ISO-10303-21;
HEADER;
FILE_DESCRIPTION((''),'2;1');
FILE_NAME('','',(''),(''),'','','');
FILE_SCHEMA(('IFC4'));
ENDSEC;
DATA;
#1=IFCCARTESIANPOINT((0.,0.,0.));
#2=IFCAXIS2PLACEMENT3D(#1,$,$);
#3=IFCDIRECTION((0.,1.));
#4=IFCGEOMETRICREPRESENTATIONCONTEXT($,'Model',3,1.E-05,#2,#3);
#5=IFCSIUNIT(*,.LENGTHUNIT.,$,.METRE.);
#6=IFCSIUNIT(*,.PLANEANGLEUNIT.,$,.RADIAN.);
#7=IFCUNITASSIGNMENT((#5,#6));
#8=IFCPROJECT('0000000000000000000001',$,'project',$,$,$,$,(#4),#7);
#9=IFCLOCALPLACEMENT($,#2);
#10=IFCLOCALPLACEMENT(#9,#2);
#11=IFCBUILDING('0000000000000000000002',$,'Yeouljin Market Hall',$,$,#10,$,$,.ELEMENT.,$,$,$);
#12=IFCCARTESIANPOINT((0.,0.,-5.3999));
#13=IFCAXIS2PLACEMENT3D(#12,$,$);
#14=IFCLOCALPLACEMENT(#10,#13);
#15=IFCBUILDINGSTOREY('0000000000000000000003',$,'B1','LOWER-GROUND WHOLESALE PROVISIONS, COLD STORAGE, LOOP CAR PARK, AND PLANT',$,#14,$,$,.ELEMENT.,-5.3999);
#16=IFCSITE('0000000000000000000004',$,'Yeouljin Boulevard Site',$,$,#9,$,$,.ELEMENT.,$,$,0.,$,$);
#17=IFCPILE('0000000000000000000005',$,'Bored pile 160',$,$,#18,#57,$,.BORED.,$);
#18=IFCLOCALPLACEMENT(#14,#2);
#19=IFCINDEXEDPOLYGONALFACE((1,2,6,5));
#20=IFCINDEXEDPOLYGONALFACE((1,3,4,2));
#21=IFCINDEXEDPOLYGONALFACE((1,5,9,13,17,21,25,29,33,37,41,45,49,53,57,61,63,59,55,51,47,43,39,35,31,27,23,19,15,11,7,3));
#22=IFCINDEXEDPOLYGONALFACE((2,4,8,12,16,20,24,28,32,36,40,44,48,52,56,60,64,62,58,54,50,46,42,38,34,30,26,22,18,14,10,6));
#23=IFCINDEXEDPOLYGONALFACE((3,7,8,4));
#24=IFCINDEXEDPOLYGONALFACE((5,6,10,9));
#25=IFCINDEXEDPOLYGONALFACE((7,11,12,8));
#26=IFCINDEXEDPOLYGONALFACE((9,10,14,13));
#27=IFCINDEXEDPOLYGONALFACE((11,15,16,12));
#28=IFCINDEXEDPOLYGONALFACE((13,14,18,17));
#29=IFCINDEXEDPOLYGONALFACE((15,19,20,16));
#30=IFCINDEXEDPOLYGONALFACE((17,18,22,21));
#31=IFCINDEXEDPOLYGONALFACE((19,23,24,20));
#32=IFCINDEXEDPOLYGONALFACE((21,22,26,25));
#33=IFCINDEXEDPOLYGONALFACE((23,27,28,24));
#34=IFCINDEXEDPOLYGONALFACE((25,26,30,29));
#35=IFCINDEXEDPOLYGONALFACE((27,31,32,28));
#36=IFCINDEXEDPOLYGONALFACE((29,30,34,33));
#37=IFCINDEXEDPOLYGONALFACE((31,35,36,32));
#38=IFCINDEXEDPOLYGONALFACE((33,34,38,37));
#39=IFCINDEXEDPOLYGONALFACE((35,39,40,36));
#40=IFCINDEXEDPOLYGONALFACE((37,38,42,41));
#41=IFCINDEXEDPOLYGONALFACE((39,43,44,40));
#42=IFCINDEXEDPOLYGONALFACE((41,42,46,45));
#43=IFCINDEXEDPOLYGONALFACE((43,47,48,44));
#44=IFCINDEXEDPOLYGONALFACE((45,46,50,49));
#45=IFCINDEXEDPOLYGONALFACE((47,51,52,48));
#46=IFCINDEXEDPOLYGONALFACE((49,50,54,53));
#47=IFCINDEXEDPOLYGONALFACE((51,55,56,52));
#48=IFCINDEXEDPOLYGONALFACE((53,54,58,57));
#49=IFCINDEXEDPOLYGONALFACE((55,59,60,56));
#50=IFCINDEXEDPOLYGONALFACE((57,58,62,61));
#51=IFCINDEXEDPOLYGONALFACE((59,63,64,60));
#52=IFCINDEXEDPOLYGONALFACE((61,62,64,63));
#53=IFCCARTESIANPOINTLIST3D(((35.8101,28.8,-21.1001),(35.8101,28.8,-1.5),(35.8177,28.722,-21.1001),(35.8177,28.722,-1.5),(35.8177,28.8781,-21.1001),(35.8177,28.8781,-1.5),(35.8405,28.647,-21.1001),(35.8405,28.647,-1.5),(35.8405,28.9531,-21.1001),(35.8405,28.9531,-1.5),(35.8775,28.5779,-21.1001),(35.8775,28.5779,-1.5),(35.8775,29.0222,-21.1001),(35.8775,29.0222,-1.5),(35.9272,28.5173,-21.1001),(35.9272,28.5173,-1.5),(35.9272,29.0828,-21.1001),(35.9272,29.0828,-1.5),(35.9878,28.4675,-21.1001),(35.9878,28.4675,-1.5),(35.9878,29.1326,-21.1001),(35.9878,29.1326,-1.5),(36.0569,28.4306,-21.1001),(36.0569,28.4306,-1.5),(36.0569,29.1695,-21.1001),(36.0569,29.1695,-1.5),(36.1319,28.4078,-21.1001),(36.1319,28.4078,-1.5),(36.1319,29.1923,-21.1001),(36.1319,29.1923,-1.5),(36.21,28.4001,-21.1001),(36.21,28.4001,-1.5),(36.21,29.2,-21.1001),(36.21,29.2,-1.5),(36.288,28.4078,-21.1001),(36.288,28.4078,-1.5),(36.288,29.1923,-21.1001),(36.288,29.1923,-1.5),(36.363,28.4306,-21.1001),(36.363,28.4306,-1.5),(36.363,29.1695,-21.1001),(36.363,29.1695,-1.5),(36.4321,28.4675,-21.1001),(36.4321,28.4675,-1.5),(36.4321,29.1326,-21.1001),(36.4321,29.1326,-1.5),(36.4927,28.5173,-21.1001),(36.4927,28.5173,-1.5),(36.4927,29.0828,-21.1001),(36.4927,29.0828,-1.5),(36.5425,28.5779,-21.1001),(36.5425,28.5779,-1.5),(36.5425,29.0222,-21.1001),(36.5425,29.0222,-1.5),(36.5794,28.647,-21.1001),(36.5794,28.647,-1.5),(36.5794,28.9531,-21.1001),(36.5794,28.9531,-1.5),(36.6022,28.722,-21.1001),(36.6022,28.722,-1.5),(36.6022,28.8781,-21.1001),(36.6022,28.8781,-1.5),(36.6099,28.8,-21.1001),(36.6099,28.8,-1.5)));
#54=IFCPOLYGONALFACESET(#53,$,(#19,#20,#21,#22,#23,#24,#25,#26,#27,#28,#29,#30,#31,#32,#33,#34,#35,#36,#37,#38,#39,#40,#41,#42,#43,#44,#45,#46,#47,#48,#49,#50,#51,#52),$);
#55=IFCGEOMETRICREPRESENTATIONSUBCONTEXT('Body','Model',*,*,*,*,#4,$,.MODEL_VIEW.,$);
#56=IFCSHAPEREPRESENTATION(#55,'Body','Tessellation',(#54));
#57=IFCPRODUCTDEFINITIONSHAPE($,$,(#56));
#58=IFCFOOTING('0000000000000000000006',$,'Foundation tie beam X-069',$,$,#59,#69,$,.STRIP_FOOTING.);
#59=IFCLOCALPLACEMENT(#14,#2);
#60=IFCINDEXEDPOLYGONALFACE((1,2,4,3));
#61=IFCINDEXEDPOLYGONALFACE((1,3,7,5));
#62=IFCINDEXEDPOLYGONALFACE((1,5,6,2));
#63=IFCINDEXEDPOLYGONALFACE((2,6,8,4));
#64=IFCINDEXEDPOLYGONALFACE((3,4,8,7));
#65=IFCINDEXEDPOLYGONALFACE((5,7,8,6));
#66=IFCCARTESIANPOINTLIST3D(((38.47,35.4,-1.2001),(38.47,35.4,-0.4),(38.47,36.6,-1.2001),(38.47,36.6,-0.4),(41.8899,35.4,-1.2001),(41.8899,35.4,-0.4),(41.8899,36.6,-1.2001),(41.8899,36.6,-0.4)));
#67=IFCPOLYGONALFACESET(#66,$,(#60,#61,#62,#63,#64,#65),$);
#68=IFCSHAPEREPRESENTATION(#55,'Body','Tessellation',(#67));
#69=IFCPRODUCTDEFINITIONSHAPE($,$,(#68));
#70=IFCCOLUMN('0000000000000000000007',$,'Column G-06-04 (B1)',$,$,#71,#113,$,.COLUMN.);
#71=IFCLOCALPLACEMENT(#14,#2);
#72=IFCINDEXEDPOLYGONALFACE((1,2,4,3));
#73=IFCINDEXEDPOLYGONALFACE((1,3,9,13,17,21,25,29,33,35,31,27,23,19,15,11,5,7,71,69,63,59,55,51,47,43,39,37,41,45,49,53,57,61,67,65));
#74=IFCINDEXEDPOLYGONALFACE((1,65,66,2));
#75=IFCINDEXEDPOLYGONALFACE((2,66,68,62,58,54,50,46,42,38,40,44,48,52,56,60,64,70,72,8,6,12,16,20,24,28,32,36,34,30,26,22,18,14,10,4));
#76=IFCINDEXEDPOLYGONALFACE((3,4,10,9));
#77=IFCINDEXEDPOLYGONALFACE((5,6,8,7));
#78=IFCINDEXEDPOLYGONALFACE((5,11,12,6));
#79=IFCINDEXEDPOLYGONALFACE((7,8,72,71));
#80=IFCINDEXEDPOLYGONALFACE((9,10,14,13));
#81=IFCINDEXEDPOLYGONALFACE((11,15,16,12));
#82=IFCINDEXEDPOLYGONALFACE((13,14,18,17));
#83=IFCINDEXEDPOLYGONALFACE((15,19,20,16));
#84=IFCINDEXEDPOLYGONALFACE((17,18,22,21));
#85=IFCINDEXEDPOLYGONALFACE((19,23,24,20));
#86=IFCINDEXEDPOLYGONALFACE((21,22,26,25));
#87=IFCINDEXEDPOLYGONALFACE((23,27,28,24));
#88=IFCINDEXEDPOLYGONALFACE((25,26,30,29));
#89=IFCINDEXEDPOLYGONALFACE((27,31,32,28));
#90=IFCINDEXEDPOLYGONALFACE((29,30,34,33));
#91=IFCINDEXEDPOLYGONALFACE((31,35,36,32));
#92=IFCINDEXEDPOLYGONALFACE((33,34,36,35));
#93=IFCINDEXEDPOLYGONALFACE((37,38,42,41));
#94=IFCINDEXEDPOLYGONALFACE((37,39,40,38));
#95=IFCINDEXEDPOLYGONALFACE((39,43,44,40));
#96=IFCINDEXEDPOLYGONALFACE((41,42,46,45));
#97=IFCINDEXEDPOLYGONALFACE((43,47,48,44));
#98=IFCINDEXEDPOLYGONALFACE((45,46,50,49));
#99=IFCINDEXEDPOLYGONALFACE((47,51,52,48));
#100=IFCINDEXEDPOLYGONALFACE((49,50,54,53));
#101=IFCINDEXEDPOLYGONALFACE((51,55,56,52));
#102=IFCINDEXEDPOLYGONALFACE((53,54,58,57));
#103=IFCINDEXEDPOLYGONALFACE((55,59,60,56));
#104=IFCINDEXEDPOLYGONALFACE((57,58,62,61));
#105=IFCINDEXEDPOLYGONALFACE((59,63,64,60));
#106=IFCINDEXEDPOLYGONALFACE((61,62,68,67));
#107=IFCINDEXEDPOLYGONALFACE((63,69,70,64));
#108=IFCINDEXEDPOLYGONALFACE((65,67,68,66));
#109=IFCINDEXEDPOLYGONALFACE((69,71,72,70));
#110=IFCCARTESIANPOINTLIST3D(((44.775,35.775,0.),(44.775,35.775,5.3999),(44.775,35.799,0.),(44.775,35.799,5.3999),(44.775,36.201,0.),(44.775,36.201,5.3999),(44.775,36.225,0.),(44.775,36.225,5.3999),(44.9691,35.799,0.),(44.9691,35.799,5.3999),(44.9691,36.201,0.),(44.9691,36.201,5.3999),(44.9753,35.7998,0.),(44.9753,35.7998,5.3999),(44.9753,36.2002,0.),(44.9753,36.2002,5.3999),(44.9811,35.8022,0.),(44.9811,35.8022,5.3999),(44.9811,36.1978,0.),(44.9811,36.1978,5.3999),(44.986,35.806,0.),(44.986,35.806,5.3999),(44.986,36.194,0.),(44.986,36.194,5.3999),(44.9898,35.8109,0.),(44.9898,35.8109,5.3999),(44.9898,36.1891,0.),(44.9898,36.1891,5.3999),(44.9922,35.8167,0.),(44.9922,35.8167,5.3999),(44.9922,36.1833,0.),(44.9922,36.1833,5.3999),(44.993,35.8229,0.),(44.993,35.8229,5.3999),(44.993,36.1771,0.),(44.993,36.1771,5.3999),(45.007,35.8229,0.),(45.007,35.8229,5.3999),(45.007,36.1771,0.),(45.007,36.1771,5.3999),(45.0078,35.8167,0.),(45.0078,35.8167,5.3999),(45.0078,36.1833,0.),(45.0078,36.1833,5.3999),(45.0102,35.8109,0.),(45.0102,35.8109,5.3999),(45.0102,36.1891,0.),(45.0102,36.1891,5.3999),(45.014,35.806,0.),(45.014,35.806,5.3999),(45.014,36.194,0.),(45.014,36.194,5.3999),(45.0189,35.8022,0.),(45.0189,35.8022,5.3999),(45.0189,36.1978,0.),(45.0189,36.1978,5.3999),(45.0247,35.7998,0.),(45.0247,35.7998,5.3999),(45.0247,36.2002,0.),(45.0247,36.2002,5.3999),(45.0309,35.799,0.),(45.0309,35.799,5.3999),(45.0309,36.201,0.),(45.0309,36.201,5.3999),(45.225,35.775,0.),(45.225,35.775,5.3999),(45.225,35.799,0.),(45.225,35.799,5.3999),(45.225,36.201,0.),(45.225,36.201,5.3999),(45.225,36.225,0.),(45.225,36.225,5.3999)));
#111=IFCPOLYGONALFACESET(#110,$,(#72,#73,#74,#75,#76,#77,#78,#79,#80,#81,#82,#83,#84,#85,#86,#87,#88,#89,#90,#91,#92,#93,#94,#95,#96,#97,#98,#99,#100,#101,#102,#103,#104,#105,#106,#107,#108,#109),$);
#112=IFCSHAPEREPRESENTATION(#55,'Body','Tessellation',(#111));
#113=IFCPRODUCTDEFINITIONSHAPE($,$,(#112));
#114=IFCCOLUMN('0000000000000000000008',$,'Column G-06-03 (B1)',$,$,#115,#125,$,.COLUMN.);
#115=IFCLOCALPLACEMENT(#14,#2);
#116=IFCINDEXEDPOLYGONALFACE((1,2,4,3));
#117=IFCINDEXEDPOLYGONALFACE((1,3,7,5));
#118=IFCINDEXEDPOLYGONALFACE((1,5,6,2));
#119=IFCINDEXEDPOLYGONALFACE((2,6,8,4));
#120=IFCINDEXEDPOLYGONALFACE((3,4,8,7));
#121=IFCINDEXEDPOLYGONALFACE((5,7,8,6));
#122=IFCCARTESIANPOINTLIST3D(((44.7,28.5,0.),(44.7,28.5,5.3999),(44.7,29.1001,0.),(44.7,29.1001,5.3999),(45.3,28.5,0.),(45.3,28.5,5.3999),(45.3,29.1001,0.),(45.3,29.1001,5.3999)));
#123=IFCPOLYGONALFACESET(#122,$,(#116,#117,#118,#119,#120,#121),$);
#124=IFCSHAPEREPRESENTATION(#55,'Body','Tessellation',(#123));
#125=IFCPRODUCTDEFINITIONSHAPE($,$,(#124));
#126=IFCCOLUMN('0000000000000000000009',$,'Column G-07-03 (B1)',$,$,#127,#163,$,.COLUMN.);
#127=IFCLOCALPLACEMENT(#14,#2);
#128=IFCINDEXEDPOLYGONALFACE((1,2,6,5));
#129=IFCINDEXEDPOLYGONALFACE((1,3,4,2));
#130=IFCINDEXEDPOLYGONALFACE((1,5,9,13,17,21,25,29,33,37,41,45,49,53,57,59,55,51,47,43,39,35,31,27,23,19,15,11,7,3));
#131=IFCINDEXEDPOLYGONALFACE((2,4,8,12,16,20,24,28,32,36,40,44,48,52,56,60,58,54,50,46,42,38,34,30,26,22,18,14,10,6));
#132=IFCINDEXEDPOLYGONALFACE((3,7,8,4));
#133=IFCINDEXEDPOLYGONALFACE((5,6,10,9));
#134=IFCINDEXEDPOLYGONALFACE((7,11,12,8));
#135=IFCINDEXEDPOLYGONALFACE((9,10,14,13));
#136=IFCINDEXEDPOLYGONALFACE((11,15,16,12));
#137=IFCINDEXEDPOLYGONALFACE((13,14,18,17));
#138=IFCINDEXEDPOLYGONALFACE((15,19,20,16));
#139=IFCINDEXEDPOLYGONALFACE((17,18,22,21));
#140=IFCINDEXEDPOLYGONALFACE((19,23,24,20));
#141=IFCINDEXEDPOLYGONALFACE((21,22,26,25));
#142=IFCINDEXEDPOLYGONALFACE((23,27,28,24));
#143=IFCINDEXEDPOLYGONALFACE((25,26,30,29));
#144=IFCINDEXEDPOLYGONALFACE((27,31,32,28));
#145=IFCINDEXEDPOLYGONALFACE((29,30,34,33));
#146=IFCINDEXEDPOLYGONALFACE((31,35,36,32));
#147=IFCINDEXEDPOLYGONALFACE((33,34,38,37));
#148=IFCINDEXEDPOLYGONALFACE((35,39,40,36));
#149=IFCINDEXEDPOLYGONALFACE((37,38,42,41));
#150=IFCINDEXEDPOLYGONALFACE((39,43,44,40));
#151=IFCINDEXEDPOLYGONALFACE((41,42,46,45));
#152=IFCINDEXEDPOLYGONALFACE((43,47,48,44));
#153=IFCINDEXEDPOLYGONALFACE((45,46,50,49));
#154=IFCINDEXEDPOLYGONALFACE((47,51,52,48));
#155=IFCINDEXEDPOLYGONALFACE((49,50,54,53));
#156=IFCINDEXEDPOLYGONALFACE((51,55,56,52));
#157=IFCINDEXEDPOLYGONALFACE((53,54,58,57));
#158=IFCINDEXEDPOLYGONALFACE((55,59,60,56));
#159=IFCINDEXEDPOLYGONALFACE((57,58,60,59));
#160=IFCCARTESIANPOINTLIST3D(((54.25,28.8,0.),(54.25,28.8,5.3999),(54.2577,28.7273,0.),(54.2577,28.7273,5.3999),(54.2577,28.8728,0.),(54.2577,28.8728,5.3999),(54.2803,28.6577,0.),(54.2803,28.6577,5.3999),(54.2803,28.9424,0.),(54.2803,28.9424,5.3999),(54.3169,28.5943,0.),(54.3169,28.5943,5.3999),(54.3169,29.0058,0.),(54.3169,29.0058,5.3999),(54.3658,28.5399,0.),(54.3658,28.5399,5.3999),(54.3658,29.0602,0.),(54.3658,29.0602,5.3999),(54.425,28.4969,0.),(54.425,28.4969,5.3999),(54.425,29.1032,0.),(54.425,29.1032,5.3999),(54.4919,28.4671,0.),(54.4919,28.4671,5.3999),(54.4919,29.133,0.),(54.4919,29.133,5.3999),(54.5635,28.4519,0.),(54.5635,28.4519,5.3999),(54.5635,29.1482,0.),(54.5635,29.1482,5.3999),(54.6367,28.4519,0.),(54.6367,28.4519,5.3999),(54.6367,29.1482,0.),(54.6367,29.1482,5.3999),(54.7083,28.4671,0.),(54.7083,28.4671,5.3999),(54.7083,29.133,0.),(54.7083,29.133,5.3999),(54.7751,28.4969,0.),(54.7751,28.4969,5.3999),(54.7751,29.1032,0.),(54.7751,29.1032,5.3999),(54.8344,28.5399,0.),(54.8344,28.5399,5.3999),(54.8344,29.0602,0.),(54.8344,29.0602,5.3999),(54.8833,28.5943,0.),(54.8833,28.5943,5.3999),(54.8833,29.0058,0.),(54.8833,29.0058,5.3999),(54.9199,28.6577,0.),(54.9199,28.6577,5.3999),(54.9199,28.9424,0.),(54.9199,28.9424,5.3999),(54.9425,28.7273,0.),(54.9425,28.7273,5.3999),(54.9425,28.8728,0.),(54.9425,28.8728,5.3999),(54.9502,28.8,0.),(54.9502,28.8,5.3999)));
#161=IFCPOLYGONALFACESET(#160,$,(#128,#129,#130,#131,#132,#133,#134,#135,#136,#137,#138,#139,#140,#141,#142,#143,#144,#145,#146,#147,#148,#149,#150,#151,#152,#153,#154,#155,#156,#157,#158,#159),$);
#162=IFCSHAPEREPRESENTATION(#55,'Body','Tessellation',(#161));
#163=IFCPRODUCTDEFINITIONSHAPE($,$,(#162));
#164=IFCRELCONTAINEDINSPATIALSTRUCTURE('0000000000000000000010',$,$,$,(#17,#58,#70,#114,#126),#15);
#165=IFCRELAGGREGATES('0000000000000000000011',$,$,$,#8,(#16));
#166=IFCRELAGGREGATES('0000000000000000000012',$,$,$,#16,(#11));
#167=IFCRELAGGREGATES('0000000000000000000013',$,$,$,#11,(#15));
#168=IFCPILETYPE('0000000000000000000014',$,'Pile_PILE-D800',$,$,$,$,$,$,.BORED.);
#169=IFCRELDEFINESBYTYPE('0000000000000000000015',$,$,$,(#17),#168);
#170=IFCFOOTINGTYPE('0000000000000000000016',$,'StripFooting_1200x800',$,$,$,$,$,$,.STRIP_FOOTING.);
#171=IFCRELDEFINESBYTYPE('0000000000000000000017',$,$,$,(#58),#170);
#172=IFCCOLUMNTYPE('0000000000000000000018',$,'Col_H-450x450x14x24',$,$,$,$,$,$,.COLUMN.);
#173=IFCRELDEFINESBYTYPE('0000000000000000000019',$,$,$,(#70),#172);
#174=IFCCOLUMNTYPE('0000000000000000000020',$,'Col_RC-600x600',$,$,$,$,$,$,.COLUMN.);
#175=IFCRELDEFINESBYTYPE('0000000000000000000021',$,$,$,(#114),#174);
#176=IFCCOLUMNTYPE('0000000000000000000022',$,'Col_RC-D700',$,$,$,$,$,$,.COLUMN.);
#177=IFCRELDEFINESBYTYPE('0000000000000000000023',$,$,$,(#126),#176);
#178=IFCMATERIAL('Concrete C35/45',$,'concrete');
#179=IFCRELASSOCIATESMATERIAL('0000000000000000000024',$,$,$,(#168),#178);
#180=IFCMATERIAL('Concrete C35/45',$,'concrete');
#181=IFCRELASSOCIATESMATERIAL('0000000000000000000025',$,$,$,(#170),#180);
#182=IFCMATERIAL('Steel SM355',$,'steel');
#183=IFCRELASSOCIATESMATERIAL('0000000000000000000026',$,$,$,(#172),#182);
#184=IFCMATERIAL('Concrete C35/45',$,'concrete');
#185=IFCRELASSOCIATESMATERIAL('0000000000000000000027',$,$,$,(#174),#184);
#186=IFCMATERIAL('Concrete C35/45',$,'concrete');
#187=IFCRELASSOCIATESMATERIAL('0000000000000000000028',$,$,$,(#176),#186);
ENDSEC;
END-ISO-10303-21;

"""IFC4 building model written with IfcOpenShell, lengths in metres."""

from ifc_helpers import new_model, si_unit, direction, frame, origin, origin_2d, place, context, subcontext, project, spatial, rectangle, circle, i_section, extrude, material, material_profile, profile_set, type_object, element, save


model = new_model("IFC4")

# Units and contexts
model_context = context("Model", 3, precision=1e-05, world=origin(), true_north=direction((0.0, 1.0)))
body_context = subcontext(model_context, "Body", "Model", "MODEL_VIEW")
ifc_project = project(units=[si_unit("LENGTHUNIT", "METRE"), si_unit("PLANEANGLEUNIT", "RADIAN")], contexts=[model_context])

# Site, building, storey
site_placement = place(None, origin())
site = spatial("IfcSite", under=ifc_project, at=site_placement, Name="Yeouljin Boulevard Site", CompositionType="ELEMENT", RefElevation=0.0)
building_placement = place(site_placement, origin())
building = spatial("IfcBuilding", under=site, at=building_placement, Name="Yeouljin Market Hall", CompositionType="ELEMENT")
storey_placement = place(building_placement, frame((0.0, 0.0, -5.3999)))
storey = spatial("IfcBuildingStorey", under=building, at=storey_placement, Name="B1", Description="LOWER-GROUND WHOLESALE PROVISIONS, COLD STORAGE, LOOP CAR PARK, AND PLANT", CompositionType="ELEMENT", Elevation=-5.3999)

# Pile
ifc_material_1 = material(Name="Concrete C35/45", Category="concrete")
ifc_material_profile_1 = material_profile(ifc_material_1, circle(Radius=0.3999, at=origin_2d()), Name="PILE-D800")
ifc_profile_set_1 = profile_set([ifc_material_profile_1], Name="Concrete C35/45")
pile_type_1 = type_object("IfcPileType", Name="Pile_PILE-D800", PredefinedType="BORED", material=ifc_profile_set_1)
pile_placement = place(storey_placement, frame((36.21, 28.8, -1.5), z_axis=(0.0, 0.0, -1.0), x_axis=(1.0, 0.0, 0.0)))
element("IfcPile", 1, at=pile_placement, inside=storey, type_object=pile_type_1, Name="Bored pile 160", PredefinedType="BORED", context=body_context, shape_type="SweptSolid", body=[
    extrude(circle(Radius=0.3999, at=origin_2d()), origin(), (0.0, 0.0, 1.0), 19.6001),
])

# Footing
ifc_material_2 = material(Name="Concrete C35/45", Category="concrete")
ifc_material_profile_2 = material_profile(ifc_material_2, rectangle(XDim=1.2, YDim=0.8, at=origin_2d()), Name="SF-1200x800")
ifc_profile_set_2 = profile_set([ifc_material_profile_2], Name="Concrete C35/45")
footing_type_1 = type_object("IfcFootingType", Name="StripFooting_1200x800", PredefinedType="STRIP_FOOTING", material=ifc_profile_set_2)
footing_1_placement = place(storey_placement, frame((38.47, 36.0, -0.8), z_axis=(1.0, 0.0, 0.0), x_axis=(0.0, 1.0, 0.0)))
element("IfcFooting", 2, at=footing_1_placement, inside=storey, type_object=footing_type_1, Name="Foundation tie beam X-069", PredefinedType="STRIP_FOOTING", context=body_context, shape_type="SweptSolid", body=[
    extrude(rectangle(XDim=1.2, YDim=0.8, at=origin_2d()), origin(), (0.0, 0.0, 1.0), 3.4199),
])

# Columns
ifc_material_3 = material(Name="Steel SM355", Category="steel")
ifc_material_profile_3 = material_profile(ifc_material_3, i_section(OverallWidth=0.45, OverallDepth=0.45, WebThickness=0.0139, FlangeThickness=0.0239, FilletRadius=0.0239, at=origin_2d()), Name="H-450x450x14x24")
ifc_profile_set_3 = profile_set([ifc_material_profile_3], Name="Steel SM355")
column_type_1 = type_object("IfcColumnType", Name="Col_H-450x450x14x24", PredefinedType="COLUMN", material=ifc_profile_set_3)
column_1_placement = place(storey_placement, frame((45.0, 36.0, 0.0), z_axis=(0.0, 0.0, 1.0), x_axis=(1.0, 0.0, 0.0)))
element("IfcColumn", 3, at=column_1_placement, inside=storey, type_object=column_type_1, Name="Column G-06-04 (B1)", PredefinedType="COLUMN", context=body_context, shape_type="SweptSolid", body=[
    extrude(i_section(OverallWidth=0.45, OverallDepth=0.45, WebThickness=0.0139, FlangeThickness=0.0239, FilletRadius=0.0239, at=origin_2d()), origin(), (0.0, 0.0, 1.0), 5.3999),
])
ifc_material_4 = material(Name="Concrete C35/45", Category="concrete")
ifc_material_profile_4 = material_profile(ifc_material_4, rectangle(XDim=0.6001, YDim=0.6001, at=origin_2d()), Name="RC-600x600")
ifc_profile_set_4 = profile_set([ifc_material_profile_4], Name="Concrete C35/45")
column_type_2 = type_object("IfcColumnType", Name="Col_RC-600x600", PredefinedType="COLUMN", material=ifc_profile_set_4)
column_2_placement = place(storey_placement, frame((45.0, 28.8, 0.0), z_axis=(0.0, 0.0, 1.0), x_axis=(1.0, 0.0, 0.0)))
element("IfcColumn", 4, at=column_2_placement, inside=storey, type_object=column_type_2, Name="Column G-06-03 (B1)", PredefinedType="COLUMN", context=body_context, shape_type="SweptSolid", body=[
    extrude(rectangle(XDim=0.6001, YDim=0.6001, at=origin_2d()), origin(), (0.0, 0.0, 1.0), 5.3999),
])
ifc_material_5 = material(Name="Concrete C35/45", Category="concrete")
ifc_material_profile_5 = material_profile(ifc_material_5, circle(Radius=0.3501, at=origin_2d()), Name="RC-D700")
ifc_profile_set_5 = profile_set([ifc_material_profile_5], Name="Concrete C35/45")
column_type_3 = type_object("IfcColumnType", Name="Col_RC-D700", PredefinedType="COLUMN", material=ifc_profile_set_5)
for number, where, z_axis, x_axis, name in (
    (5, (54.6001, 28.8, 0.0), (0.0, 0.0, 1.0), (1.0, 0.0, 0.0), "Column G-07-03 (B1)"),
):
    element("IfcColumn", number, at=place(storey_placement, frame(where, z_axis=z_axis, x_axis=x_axis)), inside=storey, type_object=column_type_3, Name=name, PredefinedType="COLUMN", context=body_context, shape_type="SweptSolid", body=[
        extrude(circle(Radius=0.3501, at=origin_2d()), origin(), (0.0, 0.0, 1.0), 5.3999),
    ])

save(model, "model.ifc")
